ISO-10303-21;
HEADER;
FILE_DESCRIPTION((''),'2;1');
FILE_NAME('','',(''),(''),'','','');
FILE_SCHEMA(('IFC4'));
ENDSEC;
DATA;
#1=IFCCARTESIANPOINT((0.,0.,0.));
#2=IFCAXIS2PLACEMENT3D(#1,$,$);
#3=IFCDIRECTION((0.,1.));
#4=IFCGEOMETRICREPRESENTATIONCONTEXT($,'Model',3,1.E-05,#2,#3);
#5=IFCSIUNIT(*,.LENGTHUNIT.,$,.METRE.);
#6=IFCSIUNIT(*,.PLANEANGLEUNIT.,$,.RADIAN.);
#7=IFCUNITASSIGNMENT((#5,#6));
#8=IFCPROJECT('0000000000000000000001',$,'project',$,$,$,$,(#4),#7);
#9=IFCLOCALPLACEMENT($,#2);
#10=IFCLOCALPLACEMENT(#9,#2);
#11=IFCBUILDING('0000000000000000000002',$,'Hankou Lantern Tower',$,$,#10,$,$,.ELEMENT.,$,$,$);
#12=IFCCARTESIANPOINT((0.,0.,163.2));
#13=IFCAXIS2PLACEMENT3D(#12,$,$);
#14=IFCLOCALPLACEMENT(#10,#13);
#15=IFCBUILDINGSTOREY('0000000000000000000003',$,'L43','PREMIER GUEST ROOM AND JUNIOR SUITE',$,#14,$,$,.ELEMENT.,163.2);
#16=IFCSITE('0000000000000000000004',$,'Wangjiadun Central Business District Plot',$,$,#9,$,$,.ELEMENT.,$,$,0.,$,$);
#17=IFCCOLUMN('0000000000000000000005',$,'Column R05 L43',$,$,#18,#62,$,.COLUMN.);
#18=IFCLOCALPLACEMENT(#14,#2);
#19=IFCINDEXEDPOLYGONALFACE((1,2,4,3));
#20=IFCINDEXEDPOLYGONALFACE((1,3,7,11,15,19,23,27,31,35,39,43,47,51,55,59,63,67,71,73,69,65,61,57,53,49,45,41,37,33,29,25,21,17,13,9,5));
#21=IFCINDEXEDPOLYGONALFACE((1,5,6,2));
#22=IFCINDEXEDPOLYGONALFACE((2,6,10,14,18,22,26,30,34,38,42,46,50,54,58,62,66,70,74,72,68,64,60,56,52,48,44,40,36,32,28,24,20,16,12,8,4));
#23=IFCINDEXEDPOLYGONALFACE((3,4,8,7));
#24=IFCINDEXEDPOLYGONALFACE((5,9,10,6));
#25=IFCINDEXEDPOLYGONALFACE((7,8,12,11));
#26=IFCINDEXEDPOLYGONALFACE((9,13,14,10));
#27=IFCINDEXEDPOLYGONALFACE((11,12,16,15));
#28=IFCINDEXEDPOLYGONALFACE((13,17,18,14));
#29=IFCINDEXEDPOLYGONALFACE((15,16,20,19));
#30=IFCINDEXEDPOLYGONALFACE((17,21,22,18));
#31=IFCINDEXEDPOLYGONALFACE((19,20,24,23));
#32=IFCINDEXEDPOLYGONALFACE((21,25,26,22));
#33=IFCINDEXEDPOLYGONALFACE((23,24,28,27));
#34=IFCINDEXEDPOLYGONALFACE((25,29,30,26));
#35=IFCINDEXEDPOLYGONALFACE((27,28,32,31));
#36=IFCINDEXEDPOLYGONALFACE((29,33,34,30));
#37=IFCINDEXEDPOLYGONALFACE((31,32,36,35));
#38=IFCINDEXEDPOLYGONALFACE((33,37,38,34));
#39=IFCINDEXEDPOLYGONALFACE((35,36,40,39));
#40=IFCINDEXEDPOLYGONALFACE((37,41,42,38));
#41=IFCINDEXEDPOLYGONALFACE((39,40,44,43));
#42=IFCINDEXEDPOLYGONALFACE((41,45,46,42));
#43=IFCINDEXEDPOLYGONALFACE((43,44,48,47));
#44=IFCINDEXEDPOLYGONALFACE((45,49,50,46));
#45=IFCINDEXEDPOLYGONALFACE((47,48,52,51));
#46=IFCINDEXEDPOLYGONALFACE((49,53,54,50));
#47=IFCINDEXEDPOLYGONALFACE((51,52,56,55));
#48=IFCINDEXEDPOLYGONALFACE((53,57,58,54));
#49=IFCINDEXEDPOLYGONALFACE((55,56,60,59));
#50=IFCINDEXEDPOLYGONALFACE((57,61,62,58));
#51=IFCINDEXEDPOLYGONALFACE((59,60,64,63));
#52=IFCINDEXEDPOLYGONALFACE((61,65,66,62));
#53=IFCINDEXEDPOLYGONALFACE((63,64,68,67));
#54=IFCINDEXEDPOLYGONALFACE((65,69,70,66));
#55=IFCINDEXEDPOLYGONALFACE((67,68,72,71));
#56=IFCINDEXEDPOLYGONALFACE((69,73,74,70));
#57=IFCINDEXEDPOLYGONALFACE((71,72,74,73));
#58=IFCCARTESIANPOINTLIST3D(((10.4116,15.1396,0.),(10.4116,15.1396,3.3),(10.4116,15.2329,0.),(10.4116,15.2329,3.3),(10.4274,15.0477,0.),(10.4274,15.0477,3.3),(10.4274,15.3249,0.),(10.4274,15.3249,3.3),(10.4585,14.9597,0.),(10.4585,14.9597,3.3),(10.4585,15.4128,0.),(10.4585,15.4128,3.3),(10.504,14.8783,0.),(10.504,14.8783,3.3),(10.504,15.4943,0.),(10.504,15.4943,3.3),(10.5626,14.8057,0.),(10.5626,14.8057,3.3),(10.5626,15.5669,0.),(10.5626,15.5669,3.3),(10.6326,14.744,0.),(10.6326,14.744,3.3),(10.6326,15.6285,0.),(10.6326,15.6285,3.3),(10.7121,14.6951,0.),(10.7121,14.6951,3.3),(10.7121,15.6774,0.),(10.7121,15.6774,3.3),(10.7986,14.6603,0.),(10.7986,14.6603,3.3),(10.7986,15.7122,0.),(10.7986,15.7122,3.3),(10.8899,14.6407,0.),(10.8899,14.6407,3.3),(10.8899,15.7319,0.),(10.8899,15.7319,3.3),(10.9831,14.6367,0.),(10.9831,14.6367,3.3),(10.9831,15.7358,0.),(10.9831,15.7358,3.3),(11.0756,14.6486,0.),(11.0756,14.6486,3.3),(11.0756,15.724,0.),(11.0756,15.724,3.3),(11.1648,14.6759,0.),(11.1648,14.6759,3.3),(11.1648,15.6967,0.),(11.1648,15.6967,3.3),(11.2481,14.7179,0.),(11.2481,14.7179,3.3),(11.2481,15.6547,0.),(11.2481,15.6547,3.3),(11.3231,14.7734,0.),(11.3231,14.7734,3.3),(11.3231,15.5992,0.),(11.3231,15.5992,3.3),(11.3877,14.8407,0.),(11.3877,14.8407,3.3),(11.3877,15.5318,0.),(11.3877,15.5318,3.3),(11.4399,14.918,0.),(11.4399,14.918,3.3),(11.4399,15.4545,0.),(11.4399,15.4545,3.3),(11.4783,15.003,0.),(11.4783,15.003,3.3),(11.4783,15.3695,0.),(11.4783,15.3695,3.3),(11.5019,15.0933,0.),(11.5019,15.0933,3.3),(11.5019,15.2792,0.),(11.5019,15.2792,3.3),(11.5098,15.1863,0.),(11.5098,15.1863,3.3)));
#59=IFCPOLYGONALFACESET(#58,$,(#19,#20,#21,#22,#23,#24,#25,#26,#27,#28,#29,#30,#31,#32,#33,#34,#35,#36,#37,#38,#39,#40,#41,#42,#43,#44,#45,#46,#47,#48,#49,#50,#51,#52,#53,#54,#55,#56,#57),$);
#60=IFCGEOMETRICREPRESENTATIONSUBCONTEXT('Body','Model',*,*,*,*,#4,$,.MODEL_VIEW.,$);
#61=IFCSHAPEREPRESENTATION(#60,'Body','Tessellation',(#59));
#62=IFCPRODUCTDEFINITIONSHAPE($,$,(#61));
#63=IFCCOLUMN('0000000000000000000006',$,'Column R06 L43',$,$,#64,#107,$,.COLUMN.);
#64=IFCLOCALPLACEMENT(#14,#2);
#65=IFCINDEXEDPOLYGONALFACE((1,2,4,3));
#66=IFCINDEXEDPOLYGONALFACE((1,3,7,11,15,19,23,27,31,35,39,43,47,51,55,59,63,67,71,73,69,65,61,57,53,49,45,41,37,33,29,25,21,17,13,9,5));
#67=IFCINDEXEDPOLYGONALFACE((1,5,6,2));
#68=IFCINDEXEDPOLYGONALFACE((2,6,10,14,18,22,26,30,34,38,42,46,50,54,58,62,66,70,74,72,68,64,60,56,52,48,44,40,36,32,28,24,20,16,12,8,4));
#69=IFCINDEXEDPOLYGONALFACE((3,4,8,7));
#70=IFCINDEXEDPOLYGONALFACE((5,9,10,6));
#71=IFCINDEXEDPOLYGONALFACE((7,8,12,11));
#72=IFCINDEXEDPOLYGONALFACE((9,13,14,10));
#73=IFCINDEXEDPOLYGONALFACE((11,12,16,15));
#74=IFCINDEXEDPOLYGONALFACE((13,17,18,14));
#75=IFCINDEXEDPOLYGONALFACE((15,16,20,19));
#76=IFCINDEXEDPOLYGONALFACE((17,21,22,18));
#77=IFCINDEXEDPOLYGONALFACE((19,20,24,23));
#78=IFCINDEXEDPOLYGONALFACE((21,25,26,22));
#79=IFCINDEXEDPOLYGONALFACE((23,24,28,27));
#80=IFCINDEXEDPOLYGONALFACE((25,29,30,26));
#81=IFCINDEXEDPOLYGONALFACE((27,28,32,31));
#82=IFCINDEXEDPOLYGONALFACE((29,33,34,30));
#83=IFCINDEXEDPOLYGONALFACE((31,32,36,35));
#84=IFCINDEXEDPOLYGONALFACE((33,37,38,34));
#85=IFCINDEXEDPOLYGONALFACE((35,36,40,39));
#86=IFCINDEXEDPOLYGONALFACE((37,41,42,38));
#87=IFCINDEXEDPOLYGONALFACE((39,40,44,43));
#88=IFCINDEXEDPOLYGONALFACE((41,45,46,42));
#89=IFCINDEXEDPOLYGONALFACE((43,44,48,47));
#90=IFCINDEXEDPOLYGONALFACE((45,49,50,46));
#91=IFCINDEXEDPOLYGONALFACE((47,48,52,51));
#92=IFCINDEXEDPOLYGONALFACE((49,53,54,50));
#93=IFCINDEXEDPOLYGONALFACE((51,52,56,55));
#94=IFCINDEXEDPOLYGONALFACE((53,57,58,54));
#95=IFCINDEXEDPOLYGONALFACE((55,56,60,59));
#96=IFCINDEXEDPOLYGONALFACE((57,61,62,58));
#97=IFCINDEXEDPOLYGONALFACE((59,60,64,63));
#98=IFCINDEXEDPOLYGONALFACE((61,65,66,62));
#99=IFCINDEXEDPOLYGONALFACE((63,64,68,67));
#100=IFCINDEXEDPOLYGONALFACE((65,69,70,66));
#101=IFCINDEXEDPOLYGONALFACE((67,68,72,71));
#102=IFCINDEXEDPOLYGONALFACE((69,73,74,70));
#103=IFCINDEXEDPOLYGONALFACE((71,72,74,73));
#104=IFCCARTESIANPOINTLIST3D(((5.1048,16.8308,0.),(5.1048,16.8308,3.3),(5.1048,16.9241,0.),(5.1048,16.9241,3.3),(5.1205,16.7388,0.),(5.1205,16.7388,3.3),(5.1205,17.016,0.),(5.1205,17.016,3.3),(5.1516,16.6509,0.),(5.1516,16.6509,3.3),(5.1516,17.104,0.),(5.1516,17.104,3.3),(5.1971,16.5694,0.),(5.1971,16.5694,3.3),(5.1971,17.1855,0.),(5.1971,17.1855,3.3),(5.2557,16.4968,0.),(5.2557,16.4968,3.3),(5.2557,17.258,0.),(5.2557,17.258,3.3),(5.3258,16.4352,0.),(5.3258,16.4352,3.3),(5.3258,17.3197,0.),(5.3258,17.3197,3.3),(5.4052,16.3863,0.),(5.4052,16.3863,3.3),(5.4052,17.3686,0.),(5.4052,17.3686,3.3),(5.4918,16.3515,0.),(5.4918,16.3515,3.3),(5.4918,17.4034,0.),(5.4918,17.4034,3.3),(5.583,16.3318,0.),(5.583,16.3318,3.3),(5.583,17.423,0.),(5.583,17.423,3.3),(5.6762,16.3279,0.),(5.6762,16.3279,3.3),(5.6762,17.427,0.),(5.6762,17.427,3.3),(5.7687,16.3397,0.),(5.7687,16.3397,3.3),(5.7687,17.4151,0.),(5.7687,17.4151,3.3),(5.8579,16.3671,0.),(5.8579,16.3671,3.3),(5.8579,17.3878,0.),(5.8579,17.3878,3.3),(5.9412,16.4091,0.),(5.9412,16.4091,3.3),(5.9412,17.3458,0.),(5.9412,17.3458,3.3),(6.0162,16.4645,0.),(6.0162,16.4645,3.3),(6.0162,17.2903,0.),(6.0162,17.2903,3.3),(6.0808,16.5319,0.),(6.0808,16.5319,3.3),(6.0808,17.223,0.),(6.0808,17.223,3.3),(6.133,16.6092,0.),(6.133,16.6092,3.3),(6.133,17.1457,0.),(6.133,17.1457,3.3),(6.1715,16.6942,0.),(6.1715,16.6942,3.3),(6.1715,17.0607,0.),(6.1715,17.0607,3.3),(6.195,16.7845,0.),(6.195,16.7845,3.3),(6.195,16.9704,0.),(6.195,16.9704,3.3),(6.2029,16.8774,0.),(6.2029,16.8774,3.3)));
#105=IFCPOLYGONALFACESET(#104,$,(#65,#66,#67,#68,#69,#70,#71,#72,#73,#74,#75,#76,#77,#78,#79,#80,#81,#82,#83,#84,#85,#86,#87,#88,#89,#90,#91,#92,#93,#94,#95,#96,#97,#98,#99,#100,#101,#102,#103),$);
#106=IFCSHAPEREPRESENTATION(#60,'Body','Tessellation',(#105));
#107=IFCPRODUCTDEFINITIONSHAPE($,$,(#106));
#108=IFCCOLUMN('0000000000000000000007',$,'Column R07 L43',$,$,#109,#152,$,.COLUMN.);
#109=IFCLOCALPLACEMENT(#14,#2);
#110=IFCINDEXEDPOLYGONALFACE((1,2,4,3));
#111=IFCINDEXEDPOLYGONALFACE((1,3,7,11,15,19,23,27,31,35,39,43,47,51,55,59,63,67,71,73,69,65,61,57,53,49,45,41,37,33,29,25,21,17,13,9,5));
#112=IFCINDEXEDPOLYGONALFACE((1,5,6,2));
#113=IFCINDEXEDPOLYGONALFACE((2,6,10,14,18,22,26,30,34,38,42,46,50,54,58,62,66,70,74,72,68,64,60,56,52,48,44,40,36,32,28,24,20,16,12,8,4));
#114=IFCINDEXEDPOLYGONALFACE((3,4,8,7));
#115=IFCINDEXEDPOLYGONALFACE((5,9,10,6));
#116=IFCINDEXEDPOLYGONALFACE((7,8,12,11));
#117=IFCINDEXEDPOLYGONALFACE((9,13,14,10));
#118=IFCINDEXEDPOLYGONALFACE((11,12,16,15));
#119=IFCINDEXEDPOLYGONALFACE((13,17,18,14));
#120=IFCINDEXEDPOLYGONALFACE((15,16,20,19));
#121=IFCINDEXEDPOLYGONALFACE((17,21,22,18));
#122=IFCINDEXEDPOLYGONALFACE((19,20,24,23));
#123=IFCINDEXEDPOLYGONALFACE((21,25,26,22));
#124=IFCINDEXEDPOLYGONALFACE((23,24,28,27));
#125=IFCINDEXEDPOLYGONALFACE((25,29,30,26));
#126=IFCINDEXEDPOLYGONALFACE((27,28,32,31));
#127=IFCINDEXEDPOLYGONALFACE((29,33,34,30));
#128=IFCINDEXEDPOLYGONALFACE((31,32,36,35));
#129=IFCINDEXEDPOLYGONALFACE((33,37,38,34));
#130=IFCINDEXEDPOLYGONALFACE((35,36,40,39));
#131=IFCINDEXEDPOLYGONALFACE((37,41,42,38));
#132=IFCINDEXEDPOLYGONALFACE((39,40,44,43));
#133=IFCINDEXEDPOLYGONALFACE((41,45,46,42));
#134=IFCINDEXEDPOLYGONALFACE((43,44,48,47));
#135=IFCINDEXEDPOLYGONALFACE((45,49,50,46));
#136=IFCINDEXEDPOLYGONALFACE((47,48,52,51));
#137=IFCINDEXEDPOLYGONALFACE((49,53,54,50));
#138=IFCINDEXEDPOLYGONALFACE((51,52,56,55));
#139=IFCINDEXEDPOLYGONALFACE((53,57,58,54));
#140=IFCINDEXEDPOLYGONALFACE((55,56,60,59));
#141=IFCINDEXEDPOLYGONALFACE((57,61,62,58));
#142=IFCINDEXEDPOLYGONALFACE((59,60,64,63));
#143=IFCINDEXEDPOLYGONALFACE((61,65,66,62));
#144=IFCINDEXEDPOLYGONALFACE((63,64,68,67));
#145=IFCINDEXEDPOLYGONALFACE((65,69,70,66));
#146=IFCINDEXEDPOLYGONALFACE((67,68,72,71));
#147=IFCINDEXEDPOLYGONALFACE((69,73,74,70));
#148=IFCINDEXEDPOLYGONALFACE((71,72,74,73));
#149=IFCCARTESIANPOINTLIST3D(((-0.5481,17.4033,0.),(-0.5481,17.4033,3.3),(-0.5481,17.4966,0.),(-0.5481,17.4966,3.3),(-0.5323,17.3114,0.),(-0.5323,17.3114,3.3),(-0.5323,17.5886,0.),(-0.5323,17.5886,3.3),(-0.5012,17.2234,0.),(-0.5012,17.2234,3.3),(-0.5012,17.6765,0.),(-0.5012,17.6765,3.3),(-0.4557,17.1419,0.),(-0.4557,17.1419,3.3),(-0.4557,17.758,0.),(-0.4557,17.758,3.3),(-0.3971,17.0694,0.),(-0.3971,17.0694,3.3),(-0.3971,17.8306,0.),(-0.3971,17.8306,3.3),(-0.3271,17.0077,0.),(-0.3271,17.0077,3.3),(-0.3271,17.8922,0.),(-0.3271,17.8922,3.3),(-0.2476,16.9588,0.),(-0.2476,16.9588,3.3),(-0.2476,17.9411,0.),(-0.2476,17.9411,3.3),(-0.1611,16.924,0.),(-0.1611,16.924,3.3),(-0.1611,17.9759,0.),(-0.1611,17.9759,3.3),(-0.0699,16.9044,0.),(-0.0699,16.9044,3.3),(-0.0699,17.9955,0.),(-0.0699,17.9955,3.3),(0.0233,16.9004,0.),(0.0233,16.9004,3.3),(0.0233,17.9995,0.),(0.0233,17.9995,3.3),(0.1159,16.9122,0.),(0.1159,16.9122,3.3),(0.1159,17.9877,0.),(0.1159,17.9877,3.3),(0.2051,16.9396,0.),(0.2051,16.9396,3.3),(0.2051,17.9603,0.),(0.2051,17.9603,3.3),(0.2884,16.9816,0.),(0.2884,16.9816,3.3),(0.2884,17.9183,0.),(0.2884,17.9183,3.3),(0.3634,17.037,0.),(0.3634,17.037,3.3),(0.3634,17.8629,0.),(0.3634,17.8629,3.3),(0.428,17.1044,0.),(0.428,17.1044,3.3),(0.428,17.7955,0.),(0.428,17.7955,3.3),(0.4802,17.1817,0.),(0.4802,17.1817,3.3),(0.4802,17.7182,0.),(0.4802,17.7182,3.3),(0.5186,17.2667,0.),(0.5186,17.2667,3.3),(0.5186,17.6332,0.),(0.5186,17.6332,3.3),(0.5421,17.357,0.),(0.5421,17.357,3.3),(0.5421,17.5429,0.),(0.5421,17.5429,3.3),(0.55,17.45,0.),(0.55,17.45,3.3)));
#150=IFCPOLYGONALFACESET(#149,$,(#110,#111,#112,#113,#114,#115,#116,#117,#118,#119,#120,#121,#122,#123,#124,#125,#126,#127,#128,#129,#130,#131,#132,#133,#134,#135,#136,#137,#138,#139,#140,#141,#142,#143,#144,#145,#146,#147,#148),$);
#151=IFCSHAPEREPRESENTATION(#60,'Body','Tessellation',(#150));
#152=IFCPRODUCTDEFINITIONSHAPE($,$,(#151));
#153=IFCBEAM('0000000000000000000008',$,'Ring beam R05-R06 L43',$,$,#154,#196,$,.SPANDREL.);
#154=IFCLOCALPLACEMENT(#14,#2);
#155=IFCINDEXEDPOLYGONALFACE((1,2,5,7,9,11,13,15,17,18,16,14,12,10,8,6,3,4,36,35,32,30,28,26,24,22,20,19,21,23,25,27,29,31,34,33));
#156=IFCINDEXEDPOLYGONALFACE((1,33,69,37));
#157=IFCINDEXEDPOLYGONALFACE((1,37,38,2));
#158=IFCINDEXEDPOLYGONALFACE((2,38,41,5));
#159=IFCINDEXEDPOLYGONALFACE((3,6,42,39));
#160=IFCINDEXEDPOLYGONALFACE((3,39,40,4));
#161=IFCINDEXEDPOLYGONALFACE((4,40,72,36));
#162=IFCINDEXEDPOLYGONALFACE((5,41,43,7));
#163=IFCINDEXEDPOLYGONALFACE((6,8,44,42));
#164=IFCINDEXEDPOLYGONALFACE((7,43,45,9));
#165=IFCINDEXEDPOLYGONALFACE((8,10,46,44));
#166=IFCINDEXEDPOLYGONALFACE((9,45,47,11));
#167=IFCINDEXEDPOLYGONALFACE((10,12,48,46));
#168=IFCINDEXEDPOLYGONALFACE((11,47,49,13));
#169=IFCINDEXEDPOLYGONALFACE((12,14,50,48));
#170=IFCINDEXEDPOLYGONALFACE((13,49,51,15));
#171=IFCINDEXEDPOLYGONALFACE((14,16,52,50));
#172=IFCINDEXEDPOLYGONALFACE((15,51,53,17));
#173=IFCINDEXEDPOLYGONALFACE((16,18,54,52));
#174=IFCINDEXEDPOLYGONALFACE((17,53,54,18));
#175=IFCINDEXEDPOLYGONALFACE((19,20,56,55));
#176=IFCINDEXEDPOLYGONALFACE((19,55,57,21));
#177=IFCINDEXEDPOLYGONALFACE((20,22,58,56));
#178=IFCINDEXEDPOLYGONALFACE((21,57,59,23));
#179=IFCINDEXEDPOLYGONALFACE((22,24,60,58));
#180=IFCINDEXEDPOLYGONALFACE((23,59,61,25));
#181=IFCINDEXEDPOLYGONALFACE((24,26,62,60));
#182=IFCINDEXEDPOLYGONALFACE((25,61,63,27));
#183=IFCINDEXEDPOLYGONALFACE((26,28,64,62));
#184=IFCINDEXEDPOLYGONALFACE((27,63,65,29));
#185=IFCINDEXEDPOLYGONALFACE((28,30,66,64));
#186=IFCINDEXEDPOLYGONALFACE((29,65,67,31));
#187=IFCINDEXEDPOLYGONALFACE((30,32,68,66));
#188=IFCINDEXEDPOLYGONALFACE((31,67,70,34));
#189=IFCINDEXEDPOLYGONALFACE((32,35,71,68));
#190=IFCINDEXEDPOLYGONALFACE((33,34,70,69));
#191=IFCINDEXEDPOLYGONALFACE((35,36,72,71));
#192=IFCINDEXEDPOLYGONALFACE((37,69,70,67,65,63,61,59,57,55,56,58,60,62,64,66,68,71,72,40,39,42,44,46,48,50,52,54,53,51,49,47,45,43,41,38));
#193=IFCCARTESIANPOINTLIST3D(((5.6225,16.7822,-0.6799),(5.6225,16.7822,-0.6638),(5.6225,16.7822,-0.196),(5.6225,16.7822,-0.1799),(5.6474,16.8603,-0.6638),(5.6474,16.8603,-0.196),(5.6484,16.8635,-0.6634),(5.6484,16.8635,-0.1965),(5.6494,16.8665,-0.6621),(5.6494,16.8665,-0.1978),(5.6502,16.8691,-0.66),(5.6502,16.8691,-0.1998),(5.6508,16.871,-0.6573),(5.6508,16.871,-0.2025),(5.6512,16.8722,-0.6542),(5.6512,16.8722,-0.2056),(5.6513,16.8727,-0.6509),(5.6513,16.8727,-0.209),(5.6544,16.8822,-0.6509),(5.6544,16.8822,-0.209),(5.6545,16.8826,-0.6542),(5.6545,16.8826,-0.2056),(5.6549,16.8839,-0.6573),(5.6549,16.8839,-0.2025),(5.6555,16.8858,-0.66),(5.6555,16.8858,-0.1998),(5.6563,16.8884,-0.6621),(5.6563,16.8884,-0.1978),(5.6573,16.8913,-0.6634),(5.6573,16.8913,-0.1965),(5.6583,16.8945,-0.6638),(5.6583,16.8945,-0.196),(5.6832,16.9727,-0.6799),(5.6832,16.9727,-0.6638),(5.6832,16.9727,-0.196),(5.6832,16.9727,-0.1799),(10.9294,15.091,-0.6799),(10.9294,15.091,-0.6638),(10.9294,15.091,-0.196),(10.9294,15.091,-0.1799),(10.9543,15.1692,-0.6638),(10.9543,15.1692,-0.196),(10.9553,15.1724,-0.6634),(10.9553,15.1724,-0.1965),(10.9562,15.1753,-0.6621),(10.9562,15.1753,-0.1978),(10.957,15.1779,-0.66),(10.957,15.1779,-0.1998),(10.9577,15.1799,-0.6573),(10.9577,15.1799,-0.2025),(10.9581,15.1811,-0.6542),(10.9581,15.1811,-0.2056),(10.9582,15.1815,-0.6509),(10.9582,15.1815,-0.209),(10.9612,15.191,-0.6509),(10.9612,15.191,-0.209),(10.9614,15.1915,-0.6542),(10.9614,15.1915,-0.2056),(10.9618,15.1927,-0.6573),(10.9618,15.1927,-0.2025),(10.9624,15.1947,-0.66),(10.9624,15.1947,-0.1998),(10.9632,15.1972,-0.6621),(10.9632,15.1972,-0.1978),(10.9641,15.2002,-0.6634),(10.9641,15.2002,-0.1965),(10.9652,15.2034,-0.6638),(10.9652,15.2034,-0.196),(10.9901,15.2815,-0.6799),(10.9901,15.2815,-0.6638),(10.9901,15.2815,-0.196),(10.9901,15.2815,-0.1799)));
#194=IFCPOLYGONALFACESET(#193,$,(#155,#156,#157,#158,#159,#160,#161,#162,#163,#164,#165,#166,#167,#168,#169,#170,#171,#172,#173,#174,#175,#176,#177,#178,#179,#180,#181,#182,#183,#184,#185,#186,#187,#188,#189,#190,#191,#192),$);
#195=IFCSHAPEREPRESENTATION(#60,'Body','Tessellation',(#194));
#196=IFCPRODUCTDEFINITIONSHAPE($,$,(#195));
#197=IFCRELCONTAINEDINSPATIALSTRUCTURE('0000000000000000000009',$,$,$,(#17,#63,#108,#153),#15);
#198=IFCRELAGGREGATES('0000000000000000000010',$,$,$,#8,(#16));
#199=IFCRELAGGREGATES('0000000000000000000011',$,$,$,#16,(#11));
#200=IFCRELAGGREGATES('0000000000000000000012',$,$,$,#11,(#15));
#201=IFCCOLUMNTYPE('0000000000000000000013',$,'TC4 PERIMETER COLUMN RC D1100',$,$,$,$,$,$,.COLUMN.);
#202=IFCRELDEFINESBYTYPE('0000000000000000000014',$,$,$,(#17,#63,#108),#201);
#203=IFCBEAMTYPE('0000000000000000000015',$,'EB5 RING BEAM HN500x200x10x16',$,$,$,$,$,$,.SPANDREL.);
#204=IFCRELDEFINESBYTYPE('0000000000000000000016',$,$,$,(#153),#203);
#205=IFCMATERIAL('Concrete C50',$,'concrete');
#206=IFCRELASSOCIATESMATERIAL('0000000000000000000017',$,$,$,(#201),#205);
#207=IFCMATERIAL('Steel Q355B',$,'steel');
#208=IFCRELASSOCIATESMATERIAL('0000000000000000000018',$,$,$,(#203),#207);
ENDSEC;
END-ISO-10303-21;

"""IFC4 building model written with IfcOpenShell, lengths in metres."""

from ifc_helpers import new_model, si_unit, direction, frame, origin, origin_2d, place, context, subcontext, project, spatial, circle, i_section, extrude, material, material_profile, profile_set, type_object, element, save


model = new_model("IFC4")

# Units and contexts
model_context = context("Model", 3, precision=1e-05, world=origin(), true_north=direction((0.0, 1.0)))
body_context = subcontext(model_context, "Body", "Model", "MODEL_VIEW")
ifc_project = project(units=[si_unit("LENGTHUNIT", "METRE"), si_unit("PLANEANGLEUNIT", "RADIAN")], contexts=[model_context])

# Site, building, storey
site_placement = place(None, origin())
site = spatial("IfcSite", under=ifc_project, at=site_placement, Name="Wangjiadun Central Business District Plot", CompositionType="ELEMENT", RefElevation=0.0)
building_placement = place(site_placement, origin())
building = spatial("IfcBuilding", under=site, at=building_placement, Name="Hankou Lantern Tower", CompositionType="ELEMENT")
storey_placement = place(building_placement, frame((0.0, 0.0, 163.2)))
storey = spatial("IfcBuildingStorey", under=building, at=storey_placement, Name="L43", Description="PREMIER GUEST ROOM AND JUNIOR SUITE", CompositionType="ELEMENT", Elevation=163.2)

# Columns
ifc_material_1 = material(Name="Concrete C50", Category="concrete")
ifc_material_profile_1 = material_profile(ifc_material_1, circle(Radius=0.55, at=origin_2d()), Name="RC D1100")
ifc_profile_set_1 = profile_set([ifc_material_profile_1], Name="Concrete C50")
column_type = type_object("IfcColumnType", Name="TC4 PERIMETER COLUMN RC D1100", PredefinedType="COLUMN", material=ifc_profile_set_1)
for number, where, z_axis, x_axis, name in (
    (1, (10.9597, 15.1863, 0.0), (0.0, 0.0, 1.0), (1.0, 0.0, 0.0), "Column R05 L43"),
    (2, (5.6528, 16.8774, 0.0), (0.0, 0.0, 1.0), (1.0, 0.0, 0.0), "Column R06 L43"),
    (3, (0.0, 17.45, 0.0), (0.0, 0.0, 1.0), (1.0, 0.0, 0.0), "Column R07 L43"),
):
    element("IfcColumn", number, at=place(storey_placement, frame(where, z_axis=z_axis, x_axis=x_axis)), inside=storey, type_object=column_type, Name=name, PredefinedType="COLUMN", context=body_context, shape_type="SweptSolid", body=[
        extrude(circle(Radius=0.55, at=origin_2d()), origin(), (0.0, 0.0, 1.0), 3.3),
    ])

# Beam
ifc_material_2 = material(Name="Steel Q355B", Category="steel")
ifc_material_profile_2 = material_profile(ifc_material_2, i_section(OverallWidth=0.2, OverallDepth=0.5, WebThickness=0.01, FlangeThickness=0.0161, FilletRadius=0.0129, at=origin_2d()), Name="HN500x200x10x16")
ifc_profile_set_2 = profile_set([ifc_material_profile_2], Name="Steel Q355B")
beam_type_1 = type_object("IfcBeamType", Name="EB5 RING BEAM HN500x200x10x16", PredefinedType="SPANDREL", material=ifc_profile_set_2)
beam_1_placement = place(storey_placement, frame((10.9597, 15.1863, -0.4299), z_axis=(-0.95279, 0.303629, 0.0), x_axis=(-0.303629, -0.95279, 0.0)))
element("IfcBeam", 4, at=beam_1_placement, inside=storey, type_object=beam_type_1, Name="Ring beam R05-R06 L43", PredefinedType="SPANDREL", context=body_context, shape_type="SweptSolid", body=[
    extrude(i_section(OverallWidth=0.2, OverallDepth=0.5, WebThickness=0.01, FlangeThickness=0.0161, FilletRadius=0.0129, at=origin_2d()), origin(), (0.0, 0.0, 1.0), 5.5698),
])

save(model, "model.ifc")
